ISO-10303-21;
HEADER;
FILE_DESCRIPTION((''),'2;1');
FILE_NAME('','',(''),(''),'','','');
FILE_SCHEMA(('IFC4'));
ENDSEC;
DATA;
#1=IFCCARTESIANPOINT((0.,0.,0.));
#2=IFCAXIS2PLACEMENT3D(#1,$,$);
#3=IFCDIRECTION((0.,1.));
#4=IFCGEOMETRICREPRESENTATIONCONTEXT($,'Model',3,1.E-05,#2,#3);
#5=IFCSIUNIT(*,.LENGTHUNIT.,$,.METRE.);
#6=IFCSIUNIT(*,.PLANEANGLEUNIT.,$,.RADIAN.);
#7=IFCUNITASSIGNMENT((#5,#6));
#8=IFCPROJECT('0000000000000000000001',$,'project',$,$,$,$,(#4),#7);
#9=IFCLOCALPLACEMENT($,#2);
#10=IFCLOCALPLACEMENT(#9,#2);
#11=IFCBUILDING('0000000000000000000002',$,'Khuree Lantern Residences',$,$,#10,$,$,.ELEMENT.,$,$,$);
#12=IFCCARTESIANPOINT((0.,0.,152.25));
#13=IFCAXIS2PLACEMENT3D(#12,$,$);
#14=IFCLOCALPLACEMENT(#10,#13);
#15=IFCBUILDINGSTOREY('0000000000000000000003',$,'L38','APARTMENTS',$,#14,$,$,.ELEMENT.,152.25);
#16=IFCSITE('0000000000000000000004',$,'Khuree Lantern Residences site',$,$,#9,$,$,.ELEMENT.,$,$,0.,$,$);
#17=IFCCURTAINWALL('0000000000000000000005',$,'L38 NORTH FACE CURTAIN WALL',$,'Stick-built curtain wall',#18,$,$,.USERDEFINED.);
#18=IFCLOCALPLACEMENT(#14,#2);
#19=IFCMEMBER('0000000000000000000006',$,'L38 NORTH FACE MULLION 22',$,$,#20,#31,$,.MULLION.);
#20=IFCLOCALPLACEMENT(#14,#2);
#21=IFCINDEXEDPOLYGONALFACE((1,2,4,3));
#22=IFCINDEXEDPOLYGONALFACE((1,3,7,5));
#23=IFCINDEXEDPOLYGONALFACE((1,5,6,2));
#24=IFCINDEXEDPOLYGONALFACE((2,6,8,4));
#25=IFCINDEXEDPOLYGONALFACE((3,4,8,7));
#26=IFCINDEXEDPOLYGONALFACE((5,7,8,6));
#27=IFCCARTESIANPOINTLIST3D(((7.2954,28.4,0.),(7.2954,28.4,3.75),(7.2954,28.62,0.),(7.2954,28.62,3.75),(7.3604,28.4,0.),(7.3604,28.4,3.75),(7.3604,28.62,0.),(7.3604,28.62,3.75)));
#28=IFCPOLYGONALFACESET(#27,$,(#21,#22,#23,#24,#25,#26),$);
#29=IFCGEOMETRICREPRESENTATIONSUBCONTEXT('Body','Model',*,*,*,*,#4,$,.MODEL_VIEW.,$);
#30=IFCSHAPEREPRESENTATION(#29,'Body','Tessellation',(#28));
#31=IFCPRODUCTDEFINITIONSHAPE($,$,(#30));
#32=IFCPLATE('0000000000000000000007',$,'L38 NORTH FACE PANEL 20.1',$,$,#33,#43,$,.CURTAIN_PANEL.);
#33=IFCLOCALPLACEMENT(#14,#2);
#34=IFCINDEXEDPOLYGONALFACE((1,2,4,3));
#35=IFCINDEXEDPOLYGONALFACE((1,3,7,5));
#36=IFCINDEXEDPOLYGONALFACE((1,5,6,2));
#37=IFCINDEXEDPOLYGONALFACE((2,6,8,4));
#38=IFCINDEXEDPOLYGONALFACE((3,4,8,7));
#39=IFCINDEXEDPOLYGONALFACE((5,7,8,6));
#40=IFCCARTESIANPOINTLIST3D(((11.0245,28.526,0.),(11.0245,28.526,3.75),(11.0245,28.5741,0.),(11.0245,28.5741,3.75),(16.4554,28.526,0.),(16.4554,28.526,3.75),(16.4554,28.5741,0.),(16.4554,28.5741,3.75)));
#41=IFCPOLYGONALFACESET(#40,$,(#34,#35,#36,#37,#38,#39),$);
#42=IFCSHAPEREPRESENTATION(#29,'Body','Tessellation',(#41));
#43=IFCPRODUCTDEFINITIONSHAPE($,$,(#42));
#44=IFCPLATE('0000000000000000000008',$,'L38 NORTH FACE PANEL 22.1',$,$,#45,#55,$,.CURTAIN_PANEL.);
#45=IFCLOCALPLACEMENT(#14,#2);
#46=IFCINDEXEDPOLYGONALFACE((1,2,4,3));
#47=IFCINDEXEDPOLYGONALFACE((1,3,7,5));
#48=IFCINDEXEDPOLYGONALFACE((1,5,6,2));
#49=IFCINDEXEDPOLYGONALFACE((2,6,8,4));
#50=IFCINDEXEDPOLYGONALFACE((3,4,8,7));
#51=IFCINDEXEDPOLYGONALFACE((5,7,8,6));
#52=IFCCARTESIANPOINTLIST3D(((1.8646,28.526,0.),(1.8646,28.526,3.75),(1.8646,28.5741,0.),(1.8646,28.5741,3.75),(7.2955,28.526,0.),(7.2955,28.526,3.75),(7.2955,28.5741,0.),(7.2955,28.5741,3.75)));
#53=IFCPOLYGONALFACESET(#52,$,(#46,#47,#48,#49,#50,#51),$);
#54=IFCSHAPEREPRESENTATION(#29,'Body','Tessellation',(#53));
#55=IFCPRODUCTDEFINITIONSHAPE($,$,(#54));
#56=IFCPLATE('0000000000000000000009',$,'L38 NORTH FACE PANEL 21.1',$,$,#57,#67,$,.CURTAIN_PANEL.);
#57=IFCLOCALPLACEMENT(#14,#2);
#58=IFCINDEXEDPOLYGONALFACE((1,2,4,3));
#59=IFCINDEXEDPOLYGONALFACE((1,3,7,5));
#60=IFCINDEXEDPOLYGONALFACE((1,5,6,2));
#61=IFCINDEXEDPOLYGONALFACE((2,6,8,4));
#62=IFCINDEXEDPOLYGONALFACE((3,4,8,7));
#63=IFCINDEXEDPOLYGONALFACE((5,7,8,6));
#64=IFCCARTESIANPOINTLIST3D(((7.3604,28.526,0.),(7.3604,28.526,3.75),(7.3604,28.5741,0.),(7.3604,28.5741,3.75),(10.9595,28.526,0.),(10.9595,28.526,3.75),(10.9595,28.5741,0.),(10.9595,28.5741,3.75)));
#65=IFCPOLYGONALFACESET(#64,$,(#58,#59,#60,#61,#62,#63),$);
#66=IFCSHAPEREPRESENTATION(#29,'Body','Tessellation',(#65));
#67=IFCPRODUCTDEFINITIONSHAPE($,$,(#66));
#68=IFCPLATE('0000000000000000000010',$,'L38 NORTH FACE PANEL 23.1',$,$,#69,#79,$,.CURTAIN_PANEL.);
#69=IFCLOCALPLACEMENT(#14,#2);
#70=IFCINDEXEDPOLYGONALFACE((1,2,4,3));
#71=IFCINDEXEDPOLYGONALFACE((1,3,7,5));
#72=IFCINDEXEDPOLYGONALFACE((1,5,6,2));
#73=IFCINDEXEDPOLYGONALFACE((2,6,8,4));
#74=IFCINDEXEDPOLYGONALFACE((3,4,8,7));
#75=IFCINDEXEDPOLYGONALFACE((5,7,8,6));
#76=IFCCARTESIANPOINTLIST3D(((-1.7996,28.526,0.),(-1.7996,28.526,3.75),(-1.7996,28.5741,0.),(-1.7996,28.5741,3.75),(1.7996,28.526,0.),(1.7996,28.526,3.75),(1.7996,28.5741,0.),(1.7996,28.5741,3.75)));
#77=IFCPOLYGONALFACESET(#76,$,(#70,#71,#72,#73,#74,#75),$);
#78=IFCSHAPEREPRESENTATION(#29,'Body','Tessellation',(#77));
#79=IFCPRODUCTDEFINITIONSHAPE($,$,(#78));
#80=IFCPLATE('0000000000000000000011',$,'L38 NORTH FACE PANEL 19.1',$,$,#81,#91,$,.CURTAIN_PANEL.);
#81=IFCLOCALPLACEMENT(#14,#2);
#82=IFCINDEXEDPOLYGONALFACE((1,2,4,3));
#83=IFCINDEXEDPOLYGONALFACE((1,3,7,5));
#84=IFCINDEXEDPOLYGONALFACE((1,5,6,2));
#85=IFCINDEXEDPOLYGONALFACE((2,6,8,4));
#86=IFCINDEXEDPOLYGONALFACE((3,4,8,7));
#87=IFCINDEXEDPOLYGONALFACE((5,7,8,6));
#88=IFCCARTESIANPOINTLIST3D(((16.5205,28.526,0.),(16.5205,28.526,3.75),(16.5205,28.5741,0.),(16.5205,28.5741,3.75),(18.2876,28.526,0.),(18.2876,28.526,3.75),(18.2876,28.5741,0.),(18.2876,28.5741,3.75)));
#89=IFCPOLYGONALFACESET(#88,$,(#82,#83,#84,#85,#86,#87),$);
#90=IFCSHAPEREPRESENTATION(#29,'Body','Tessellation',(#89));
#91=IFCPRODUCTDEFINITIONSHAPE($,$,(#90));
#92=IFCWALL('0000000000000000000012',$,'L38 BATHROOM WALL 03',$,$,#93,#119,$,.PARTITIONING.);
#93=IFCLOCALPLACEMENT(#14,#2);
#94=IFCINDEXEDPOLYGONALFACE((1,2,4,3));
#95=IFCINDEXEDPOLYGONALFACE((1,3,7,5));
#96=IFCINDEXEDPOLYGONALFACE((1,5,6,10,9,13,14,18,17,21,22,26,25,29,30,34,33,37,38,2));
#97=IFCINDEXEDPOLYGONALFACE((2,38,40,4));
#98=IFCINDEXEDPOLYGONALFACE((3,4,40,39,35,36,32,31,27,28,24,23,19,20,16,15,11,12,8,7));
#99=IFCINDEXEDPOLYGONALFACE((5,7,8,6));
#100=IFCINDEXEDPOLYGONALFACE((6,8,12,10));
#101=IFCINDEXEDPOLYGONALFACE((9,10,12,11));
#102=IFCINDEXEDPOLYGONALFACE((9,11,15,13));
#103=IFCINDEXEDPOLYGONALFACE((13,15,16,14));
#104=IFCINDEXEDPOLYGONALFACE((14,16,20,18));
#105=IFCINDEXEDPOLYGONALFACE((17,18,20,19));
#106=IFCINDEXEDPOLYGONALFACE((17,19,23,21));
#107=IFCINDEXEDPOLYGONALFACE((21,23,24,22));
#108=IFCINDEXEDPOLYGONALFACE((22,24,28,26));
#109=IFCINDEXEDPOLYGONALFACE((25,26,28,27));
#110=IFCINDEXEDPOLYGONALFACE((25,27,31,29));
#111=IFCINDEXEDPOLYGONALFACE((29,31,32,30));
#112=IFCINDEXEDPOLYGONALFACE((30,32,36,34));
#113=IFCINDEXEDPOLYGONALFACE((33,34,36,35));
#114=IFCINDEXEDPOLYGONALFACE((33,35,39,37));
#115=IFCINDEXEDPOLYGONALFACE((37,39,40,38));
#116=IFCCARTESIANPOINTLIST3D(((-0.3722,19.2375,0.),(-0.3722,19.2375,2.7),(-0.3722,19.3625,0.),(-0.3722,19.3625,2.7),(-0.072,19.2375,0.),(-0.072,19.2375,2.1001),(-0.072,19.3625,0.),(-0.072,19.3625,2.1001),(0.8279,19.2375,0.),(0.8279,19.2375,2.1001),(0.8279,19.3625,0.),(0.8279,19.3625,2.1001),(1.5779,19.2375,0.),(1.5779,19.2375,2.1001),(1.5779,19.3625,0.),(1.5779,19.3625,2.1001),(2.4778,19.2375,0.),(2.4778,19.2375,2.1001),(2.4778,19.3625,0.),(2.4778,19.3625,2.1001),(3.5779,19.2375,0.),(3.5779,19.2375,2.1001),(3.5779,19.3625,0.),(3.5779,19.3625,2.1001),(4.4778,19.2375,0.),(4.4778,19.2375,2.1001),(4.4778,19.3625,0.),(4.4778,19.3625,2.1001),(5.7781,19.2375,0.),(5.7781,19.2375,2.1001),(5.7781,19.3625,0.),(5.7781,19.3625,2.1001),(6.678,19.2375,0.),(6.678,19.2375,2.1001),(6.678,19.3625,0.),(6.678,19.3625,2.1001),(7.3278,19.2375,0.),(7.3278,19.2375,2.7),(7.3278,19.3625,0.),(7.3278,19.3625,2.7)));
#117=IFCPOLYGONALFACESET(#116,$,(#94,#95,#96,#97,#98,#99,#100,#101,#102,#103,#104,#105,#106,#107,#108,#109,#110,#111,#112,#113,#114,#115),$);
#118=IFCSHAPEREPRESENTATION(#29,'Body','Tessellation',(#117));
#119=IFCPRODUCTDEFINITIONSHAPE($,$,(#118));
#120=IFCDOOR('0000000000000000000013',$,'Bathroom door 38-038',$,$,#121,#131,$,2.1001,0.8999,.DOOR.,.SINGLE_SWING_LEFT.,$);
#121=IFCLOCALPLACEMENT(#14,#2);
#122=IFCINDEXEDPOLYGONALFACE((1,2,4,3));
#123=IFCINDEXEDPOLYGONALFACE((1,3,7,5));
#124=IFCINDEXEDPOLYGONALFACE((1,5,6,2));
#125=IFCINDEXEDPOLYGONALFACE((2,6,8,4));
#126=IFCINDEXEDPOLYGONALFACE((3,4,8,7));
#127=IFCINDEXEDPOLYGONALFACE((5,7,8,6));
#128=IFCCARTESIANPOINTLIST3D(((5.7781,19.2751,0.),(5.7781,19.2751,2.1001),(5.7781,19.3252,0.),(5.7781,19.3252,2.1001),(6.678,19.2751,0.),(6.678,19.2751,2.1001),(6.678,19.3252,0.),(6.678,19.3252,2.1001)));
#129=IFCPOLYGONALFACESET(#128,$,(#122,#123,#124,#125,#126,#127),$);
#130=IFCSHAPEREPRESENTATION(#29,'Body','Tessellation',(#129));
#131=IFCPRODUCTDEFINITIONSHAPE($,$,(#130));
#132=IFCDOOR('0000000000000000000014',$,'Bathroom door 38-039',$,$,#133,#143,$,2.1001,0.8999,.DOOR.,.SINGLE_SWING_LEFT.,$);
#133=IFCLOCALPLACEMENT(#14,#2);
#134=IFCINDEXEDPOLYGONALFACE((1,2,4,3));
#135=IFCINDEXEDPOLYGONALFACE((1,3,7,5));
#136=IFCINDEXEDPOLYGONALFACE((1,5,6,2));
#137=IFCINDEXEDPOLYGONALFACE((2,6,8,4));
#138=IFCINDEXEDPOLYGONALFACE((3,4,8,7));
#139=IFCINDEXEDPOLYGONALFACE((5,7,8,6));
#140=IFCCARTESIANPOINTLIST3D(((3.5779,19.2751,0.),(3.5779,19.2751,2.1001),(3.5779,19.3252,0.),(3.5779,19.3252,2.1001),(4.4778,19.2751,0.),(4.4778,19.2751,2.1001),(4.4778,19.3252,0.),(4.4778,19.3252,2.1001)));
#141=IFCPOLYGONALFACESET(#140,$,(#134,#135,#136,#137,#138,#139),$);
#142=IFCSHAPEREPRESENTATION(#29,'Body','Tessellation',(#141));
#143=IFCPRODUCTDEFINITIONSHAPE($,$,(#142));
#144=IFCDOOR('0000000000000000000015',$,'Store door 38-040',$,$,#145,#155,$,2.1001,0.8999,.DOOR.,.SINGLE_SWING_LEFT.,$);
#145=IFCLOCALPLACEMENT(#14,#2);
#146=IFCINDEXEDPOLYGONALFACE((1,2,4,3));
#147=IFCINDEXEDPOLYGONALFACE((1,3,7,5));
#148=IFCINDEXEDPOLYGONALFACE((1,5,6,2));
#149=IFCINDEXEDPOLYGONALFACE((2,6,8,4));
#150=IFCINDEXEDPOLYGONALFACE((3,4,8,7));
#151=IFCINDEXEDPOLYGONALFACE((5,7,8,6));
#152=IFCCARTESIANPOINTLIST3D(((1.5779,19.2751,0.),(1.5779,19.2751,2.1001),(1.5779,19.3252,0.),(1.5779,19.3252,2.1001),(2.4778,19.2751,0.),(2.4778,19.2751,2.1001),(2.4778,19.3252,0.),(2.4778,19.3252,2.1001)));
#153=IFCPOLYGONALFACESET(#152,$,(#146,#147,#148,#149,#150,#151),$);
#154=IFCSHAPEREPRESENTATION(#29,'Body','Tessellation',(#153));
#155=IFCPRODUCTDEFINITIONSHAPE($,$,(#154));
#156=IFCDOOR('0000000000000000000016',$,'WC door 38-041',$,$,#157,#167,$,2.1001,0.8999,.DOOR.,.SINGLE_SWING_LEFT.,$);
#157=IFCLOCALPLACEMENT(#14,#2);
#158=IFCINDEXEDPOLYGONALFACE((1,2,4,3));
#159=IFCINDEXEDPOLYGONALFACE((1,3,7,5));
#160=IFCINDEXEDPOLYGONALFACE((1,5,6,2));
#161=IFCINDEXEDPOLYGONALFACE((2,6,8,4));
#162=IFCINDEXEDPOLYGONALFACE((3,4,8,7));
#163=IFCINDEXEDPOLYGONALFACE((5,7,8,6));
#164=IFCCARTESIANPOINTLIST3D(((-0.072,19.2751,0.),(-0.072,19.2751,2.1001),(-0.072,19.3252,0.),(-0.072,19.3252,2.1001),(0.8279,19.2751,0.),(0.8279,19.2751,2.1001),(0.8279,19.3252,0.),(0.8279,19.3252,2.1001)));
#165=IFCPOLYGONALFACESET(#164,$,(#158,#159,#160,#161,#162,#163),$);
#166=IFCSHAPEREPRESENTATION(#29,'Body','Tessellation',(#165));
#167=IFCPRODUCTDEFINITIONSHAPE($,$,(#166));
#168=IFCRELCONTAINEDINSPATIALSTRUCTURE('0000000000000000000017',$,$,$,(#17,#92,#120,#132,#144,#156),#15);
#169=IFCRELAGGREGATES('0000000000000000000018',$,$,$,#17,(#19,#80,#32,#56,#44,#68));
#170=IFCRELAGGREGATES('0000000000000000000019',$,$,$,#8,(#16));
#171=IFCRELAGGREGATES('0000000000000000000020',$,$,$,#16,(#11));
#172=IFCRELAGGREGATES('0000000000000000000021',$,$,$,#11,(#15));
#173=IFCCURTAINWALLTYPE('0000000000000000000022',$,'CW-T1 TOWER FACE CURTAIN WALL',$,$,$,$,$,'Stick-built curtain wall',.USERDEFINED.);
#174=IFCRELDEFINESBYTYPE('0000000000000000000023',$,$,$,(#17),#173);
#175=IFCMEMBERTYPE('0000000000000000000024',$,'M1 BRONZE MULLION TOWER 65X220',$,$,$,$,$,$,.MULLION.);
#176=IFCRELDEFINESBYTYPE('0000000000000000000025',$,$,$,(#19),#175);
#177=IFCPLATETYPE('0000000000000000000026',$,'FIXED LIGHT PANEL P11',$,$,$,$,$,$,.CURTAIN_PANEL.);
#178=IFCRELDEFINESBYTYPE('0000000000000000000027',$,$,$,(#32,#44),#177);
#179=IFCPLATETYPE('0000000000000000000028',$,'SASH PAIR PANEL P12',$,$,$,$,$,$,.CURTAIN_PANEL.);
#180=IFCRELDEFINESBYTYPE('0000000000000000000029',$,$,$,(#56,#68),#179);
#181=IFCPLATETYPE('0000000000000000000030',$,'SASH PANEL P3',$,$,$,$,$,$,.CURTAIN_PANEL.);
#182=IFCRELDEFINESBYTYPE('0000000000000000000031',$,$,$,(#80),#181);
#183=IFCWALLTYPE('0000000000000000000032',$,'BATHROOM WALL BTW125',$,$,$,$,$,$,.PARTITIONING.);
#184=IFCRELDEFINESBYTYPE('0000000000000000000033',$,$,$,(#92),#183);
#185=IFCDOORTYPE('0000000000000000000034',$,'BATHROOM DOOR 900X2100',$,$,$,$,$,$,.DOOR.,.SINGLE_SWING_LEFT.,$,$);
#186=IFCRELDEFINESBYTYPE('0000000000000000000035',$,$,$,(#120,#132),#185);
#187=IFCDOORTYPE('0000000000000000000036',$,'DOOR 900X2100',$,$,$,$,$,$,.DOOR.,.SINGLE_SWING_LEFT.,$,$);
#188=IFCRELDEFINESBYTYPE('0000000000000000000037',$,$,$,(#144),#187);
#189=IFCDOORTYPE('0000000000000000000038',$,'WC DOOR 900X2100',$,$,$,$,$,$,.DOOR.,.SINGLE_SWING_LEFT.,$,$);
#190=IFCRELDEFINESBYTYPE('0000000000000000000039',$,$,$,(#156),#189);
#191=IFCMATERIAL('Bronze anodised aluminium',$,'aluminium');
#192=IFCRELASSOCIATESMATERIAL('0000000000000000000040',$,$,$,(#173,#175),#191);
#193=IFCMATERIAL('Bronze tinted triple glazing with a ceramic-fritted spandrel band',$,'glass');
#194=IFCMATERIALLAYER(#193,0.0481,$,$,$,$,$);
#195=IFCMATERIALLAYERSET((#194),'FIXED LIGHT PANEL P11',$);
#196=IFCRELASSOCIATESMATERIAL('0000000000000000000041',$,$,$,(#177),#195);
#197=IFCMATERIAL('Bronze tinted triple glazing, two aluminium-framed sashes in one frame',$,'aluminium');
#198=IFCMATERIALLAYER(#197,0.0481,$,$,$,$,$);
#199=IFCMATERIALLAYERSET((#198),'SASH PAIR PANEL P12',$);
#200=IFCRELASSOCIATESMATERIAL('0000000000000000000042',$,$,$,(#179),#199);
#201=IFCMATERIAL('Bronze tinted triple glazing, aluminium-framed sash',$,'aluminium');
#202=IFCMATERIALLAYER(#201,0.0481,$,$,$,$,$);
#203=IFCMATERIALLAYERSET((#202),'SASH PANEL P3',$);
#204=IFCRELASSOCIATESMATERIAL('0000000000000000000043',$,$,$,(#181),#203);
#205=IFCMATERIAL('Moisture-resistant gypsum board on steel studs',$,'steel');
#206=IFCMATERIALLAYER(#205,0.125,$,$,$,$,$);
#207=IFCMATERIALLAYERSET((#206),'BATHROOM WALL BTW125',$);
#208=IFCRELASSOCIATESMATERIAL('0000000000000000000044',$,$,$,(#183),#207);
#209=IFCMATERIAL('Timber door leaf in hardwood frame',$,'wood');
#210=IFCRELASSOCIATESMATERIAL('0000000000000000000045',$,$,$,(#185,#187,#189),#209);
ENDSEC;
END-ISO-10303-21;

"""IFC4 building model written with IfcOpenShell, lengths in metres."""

from ifc_helpers import new_model, si_unit, direction, frame, frame_2d, origin, origin_2d, place, context, subcontext, project, spatial, rectangle, extrude, material, layer, layer_set, material_profile, profile_set, type_object, element, fill, aggregate, save


model = new_model("IFC4")

# Units and contexts
model_context = context("Model", 3, precision=1e-05, world=origin(), true_north=direction((0.0, 1.0)))
body_context = subcontext(model_context, "Body", "Model", "MODEL_VIEW")
ifc_project = project(units=[si_unit("LENGTHUNIT", "METRE"), si_unit("PLANEANGLEUNIT", "RADIAN")], contexts=[model_context])

# Site, building, storey
site_placement = place(None, origin())
site = spatial("IfcSite", under=ifc_project, at=site_placement, Name="Khuree Lantern Residences site", CompositionType="ELEMENT", RefElevation=0.0)
building_placement = place(site_placement, origin())
building = spatial("IfcBuilding", under=site, at=building_placement, Name="Khuree Lantern Residences", CompositionType="ELEMENT")
storey_placement = place(building_placement, frame((0.0, 0.0, 152.25)))
storey = spatial("IfcBuildingStorey", under=building, at=storey_placement, Name="L38", Description="APARTMENTS", CompositionType="ELEMENT", Elevation=152.25)

# Curtain wall
ifc_material_1 = material(Name="Bronze anodised aluminium", Category="aluminium")
curtain_wall_type = type_object("IfcCurtainWallType", Name="CW-T1 TOWER FACE CURTAIN WALL", ElementType="Stick-built curtain wall", PredefinedType="USERDEFINED", material=ifc_material_1)
curtain_wall_placement = place(storey_placement, origin())
curtain_wall = element("IfcCurtainWall", 1, at=curtain_wall_placement, inside=storey, type_object=curtain_wall_type, Name="L38 NORTH FACE CURTAIN WALL", ObjectType="Stick-built curtain wall", PredefinedType="USERDEFINED")

# Member
ifc_material_profile_1 = material_profile(ifc_material_1, rectangle(XDim=0.0649, YDim=0.22, at=origin_2d()), Name="M1 65X220")
ifc_profile_set_1 = profile_set([ifc_material_profile_1], Name="Bronze anodised aluminium")
member_type_1 = type_object("IfcMemberType", Name="M1 BRONZE MULLION TOWER 65X220", PredefinedType="MULLION", material=ifc_profile_set_1)
member_1_placement = place(storey_placement, frame((7.3279, 28.51, 0.0), z_axis=(0.0, 0.0, 1.0), x_axis=(-1.0, 0.0, 0.0)))
member_1 = element("IfcMember", 2, at=member_1_placement, type_object=member_type_1, Name="L38 NORTH FACE MULLION 22", PredefinedType="MULLION", context=body_context, shape_type="SweptSolid", body=[
    extrude(rectangle(XDim=0.0649, YDim=0.22, at=origin_2d()), origin(), (0.0, 0.0, 1.0), 3.75),
])

# Plates
ifc_material_2 = material(Name="Bronze tinted triple glazing with a ceramic-fritted spandrel band", Category="glass")
ifc_layer_1 = layer(ifc_material_2, 0.0481)
ifc_layer_set_1 = layer_set([ifc_layer_1], Name="FIXED LIGHT PANEL P11")
plate_type_1 = type_object("IfcPlateType", Name="FIXED LIGHT PANEL P11", PredefinedType="CURTAIN_PANEL", material=ifc_layer_set_1)
plate_1_placement = place(storey_placement, frame((13.74, 28.55, 0.0), z_axis=(0.0, 0.0, 1.0), x_axis=(-1.0, 0.0, 0.0)))
plate_1 = element("IfcPlate", 3, at=plate_1_placement, type_object=plate_type_1, Name="L38 NORTH FACE PANEL 20.1", PredefinedType="CURTAIN_PANEL", context=body_context, shape_type="SweptSolid", body=[
    extrude(rectangle(XDim=5.4309, YDim=0.0481, at=origin_2d()), origin(), (0.0, 0.0, 1.0), 3.75),
])
plate_2_placement = place(storey_placement, frame((4.5801, 28.55, 0.0), z_axis=(0.0, 0.0, 1.0), x_axis=(-1.0, 0.0, 0.0)))
plate_2 = element("IfcPlate", 4, at=plate_2_placement, type_object=plate_type_1, Name="L38 NORTH FACE PANEL 22.1", PredefinedType="CURTAIN_PANEL", context=body_context, shape_type="SweptSolid", body=[
    extrude(rectangle(XDim=5.4309, YDim=0.0481, at=origin_2d()), origin(), (0.0, 0.0, 1.0), 3.75),
])
ifc_material_3 = material(Name="Bronze tinted triple glazing, two aluminium-framed sashes in one frame", Category="aluminium")
ifc_layer_2 = layer(ifc_material_3, 0.0481)
ifc_layer_set_2 = layer_set([ifc_layer_2], Name="SASH PAIR PANEL P12")
plate_type_2 = type_object("IfcPlateType", Name="SASH PAIR PANEL P12", PredefinedType="CURTAIN_PANEL", material=ifc_layer_set_2)
plate_3_placement = place(storey_placement, frame((9.1599, 28.55, 0.0), z_axis=(0.0, 0.0, 1.0), x_axis=(-1.0, 0.0, 0.0)))
plate_3 = element("IfcPlate", 5, at=plate_3_placement, type_object=plate_type_2, Name="L38 NORTH FACE PANEL 21.1", PredefinedType="CURTAIN_PANEL", context=body_context, shape_type="SweptSolid", body=[
    extrude(rectangle(XDim=3.5991, YDim=0.0481, at=origin_2d()), origin(), (0.0, 0.0, 1.0), 3.75),
])
plate_4_placement = place(storey_placement, frame((0.0, 28.55, 0.0), z_axis=(0.0, 0.0, 1.0), x_axis=(-1.0, 0.0, 0.0)))
plate_4 = element("IfcPlate", 6, at=plate_4_placement, type_object=plate_type_2, Name="L38 NORTH FACE PANEL 23.1", PredefinedType="CURTAIN_PANEL", context=body_context, shape_type="SweptSolid", body=[
    extrude(rectangle(XDim=3.5991, YDim=0.0481, at=origin_2d()), origin(), (0.0, 0.0, 1.0), 3.75),
])
ifc_material_4 = material(Name="Bronze tinted triple glazing, aluminium-framed sash", Category="aluminium")
ifc_layer_3 = layer(ifc_material_4, 0.0481)
ifc_layer_set_3 = layer_set([ifc_layer_3], Name="SASH PANEL P3")
plate_type_3 = type_object("IfcPlateType", Name="SASH PANEL P3", PredefinedType="CURTAIN_PANEL", material=ifc_layer_set_3)
plate_5_placement = place(storey_placement, frame((17.4041, 28.55, 0.0), z_axis=(0.0, 0.0, 1.0), x_axis=(-1.0, 0.0, 0.0)))
plate_5 = element("IfcPlate", 7, at=plate_5_placement, type_object=plate_type_3, Name="L38 NORTH FACE PANEL 19.1", PredefinedType="CURTAIN_PANEL", context=body_context, shape_type="SweptSolid", body=[
    extrude(rectangle(XDim=1.7671, YDim=0.0481, at=origin_2d()), origin(), (0.0, 0.0, 1.0), 3.75),
])
aggregate(curtain_wall, [member_1, plate_5, plate_1, plate_3, plate_2, plate_4])

# Wall, openings, doors
ifc_material_5 = material(Name="Moisture-resistant gypsum board on steel studs", Category="steel")
ifc_layer_4 = layer(ifc_material_5, 0.125)
ifc_layer_set_4 = layer_set([ifc_layer_4], Name="BATHROOM WALL BTW125")
wall_type_1 = type_object("IfcWallType", Name="BATHROOM WALL BTW125", PredefinedType="PARTITIONING", material=ifc_layer_set_4)
wall_1_placement = place(storey_placement, frame((7.3279, 19.3, 0.0), z_axis=(0.0, 0.0, 1.0), x_axis=(-1.0, 0.0, 0.0)))
wall_1 = element("IfcWall", 8, at=wall_1_placement, inside=storey, type_object=wall_type_1, Name="L38 BATHROOM WALL 03", PredefinedType="PARTITIONING", context=body_context, shape_type="SweptSolid", body=[
    extrude(rectangle(XDim=7.7, YDim=0.125, at=frame_2d((3.8501, 0.0))), origin(), (0.0, 0.0, 1.0), 2.7),
])
opening_1_placement = place(wall_1_placement, frame((0.6499, 0.0, 0.0)))
opening_1 = element("IfcOpeningElement", 9, at=opening_1_placement, cuts=wall_1, PredefinedType="OPENING", context=body_context, shape_type="SweptSolid", body=[
    extrude(rectangle(XDim=0.8999, YDim=2.1001, at=frame_2d((0.45, 1.05))), frame((0.0, 0.0725, 0.0), z_axis=(0.0, -1.0, 0.0), x_axis=(1.0, 0.0, 0.0)), (0.0, 0.0, 1.0), 0.145),
])
opening_2_placement = place(wall_1_placement, frame((2.8501, 0.0, 0.0)))
opening_2 = element("IfcOpeningElement", 10, at=opening_2_placement, cuts=wall_1, PredefinedType="OPENING", context=body_context, shape_type="SweptSolid", body=[
    extrude(rectangle(XDim=0.8999, YDim=2.1001, at=frame_2d((0.45, 1.05))), frame((0.0, 0.0725, 0.0), z_axis=(0.0, -1.0, 0.0), x_axis=(1.0, 0.0, 0.0)), (0.0, 0.0, 1.0), 0.145),
])
opening_3_placement = place(wall_1_placement, frame((4.8501, 0.0, 0.0)))
opening_3 = element("IfcOpeningElement", 11, at=opening_3_placement, cuts=wall_1, PredefinedType="OPENING", context=body_context, shape_type="SweptSolid", body=[
    extrude(rectangle(XDim=0.8999, YDim=2.1001, at=frame_2d((0.45, 1.05))), frame((0.0, 0.0725, 0.0), z_axis=(0.0, -1.0, 0.0), x_axis=(1.0, 0.0, 0.0)), (0.0, 0.0, 1.0), 0.145),
])
opening_4_placement = place(wall_1_placement, frame((6.5, 0.0, 0.0)))
opening_4 = element("IfcOpeningElement", 12, at=opening_4_placement, cuts=wall_1, PredefinedType="OPENING", context=body_context, shape_type="SweptSolid", body=[
    extrude(rectangle(XDim=0.8999, YDim=2.1001, at=frame_2d((0.45, 1.05))), frame((0.0, 0.0725, 0.0), z_axis=(0.0, -1.0, 0.0), x_axis=(1.0, 0.0, 0.0)), (0.0, 0.0, 1.0), 0.145),
])
ifc_material_6 = material(Name="Timber door leaf in hardwood frame", Category="wood")
door_type_1 = type_object("IfcDoorType", Name="BATHROOM DOOR 900X2100", OperationType="SINGLE_SWING_LEFT", PredefinedType="DOOR", material=ifc_material_6)
door_1_placement = place(opening_1_placement, origin())
door_1 = element("IfcDoor", 13, at=door_1_placement, inside=storey, type_object=door_type_1, Name="Bathroom door 38-038", OperationType="SINGLE_SWING_LEFT", OverallHeight=2.1001, OverallWidth=0.8999, PredefinedType="DOOR", context=body_context, shape_type="SweptSolid", body=[
    extrude(rectangle(XDim=0.8999, YDim=2.1001, at=frame_2d((0.45, 1.05))), frame((0.0, 0.0249, 0.0), z_axis=(0.0, -1.0, 0.0), x_axis=(1.0, 0.0, 0.0)), (0.0, 0.0, 1.0), 0.05),
])
fill(opening_1, door_1)
door_2_placement = place(opening_2_placement, origin())
door_2 = element("IfcDoor", 14, at=door_2_placement, inside=storey, type_object=door_type_1, Name="Bathroom door 38-039", OperationType="SINGLE_SWING_LEFT", OverallHeight=2.1001, OverallWidth=0.8999, PredefinedType="DOOR", context=body_context, shape_type="SweptSolid", body=[
    extrude(rectangle(XDim=0.8999, YDim=2.1001, at=frame_2d((0.45, 1.05))), frame((0.0, 0.0249, 0.0), z_axis=(0.0, -1.0, 0.0), x_axis=(1.0, 0.0, 0.0)), (0.0, 0.0, 1.0), 0.05),
])
fill(opening_2, door_2)
door_type_2 = type_object("IfcDoorType", Name="DOOR 900X2100", OperationType="SINGLE_SWING_LEFT", PredefinedType="DOOR", material=ifc_material_6)
door_3_placement = place(opening_3_placement, origin())
door_3 = element("IfcDoor", 15, at=door_3_placement, inside=storey, type_object=door_type_2, Name="Store door 38-040", OperationType="SINGLE_SWING_LEFT", OverallHeight=2.1001, OverallWidth=0.8999, PredefinedType="DOOR", context=body_context, shape_type="SweptSolid", body=[
    extrude(rectangle(XDim=0.8999, YDim=2.1001, at=frame_2d((0.45, 1.05))), frame((0.0, 0.0249, 0.0), z_axis=(0.0, -1.0, 0.0), x_axis=(1.0, 0.0, 0.0)), (0.0, 0.0, 1.0), 0.05),
])
fill(opening_3, door_3)
door_type_3 = type_object("IfcDoorType", Name="WC DOOR 900X2100", OperationType="SINGLE_SWING_LEFT", PredefinedType="DOOR", material=ifc_material_6)
door_4_placement = place(opening_4_placement, origin())
door_4 = element("IfcDoor", 16, at=door_4_placement, inside=storey, type_object=door_type_3, Name="WC door 38-041", OperationType="SINGLE_SWING_LEFT", OverallHeight=2.1001, OverallWidth=0.8999, PredefinedType="DOOR", context=body_context, shape_type="SweptSolid", body=[
    extrude(rectangle(XDim=0.8999, YDim=2.1001, at=frame_2d((0.45, 1.05))), frame((0.0, 0.0249, 0.0), z_axis=(0.0, -1.0, 0.0), x_axis=(1.0, 0.0, 0.0)), (0.0, 0.0, 1.0), 0.05),
])
fill(opening_4, door_4)

save(model, "model.ifc")
